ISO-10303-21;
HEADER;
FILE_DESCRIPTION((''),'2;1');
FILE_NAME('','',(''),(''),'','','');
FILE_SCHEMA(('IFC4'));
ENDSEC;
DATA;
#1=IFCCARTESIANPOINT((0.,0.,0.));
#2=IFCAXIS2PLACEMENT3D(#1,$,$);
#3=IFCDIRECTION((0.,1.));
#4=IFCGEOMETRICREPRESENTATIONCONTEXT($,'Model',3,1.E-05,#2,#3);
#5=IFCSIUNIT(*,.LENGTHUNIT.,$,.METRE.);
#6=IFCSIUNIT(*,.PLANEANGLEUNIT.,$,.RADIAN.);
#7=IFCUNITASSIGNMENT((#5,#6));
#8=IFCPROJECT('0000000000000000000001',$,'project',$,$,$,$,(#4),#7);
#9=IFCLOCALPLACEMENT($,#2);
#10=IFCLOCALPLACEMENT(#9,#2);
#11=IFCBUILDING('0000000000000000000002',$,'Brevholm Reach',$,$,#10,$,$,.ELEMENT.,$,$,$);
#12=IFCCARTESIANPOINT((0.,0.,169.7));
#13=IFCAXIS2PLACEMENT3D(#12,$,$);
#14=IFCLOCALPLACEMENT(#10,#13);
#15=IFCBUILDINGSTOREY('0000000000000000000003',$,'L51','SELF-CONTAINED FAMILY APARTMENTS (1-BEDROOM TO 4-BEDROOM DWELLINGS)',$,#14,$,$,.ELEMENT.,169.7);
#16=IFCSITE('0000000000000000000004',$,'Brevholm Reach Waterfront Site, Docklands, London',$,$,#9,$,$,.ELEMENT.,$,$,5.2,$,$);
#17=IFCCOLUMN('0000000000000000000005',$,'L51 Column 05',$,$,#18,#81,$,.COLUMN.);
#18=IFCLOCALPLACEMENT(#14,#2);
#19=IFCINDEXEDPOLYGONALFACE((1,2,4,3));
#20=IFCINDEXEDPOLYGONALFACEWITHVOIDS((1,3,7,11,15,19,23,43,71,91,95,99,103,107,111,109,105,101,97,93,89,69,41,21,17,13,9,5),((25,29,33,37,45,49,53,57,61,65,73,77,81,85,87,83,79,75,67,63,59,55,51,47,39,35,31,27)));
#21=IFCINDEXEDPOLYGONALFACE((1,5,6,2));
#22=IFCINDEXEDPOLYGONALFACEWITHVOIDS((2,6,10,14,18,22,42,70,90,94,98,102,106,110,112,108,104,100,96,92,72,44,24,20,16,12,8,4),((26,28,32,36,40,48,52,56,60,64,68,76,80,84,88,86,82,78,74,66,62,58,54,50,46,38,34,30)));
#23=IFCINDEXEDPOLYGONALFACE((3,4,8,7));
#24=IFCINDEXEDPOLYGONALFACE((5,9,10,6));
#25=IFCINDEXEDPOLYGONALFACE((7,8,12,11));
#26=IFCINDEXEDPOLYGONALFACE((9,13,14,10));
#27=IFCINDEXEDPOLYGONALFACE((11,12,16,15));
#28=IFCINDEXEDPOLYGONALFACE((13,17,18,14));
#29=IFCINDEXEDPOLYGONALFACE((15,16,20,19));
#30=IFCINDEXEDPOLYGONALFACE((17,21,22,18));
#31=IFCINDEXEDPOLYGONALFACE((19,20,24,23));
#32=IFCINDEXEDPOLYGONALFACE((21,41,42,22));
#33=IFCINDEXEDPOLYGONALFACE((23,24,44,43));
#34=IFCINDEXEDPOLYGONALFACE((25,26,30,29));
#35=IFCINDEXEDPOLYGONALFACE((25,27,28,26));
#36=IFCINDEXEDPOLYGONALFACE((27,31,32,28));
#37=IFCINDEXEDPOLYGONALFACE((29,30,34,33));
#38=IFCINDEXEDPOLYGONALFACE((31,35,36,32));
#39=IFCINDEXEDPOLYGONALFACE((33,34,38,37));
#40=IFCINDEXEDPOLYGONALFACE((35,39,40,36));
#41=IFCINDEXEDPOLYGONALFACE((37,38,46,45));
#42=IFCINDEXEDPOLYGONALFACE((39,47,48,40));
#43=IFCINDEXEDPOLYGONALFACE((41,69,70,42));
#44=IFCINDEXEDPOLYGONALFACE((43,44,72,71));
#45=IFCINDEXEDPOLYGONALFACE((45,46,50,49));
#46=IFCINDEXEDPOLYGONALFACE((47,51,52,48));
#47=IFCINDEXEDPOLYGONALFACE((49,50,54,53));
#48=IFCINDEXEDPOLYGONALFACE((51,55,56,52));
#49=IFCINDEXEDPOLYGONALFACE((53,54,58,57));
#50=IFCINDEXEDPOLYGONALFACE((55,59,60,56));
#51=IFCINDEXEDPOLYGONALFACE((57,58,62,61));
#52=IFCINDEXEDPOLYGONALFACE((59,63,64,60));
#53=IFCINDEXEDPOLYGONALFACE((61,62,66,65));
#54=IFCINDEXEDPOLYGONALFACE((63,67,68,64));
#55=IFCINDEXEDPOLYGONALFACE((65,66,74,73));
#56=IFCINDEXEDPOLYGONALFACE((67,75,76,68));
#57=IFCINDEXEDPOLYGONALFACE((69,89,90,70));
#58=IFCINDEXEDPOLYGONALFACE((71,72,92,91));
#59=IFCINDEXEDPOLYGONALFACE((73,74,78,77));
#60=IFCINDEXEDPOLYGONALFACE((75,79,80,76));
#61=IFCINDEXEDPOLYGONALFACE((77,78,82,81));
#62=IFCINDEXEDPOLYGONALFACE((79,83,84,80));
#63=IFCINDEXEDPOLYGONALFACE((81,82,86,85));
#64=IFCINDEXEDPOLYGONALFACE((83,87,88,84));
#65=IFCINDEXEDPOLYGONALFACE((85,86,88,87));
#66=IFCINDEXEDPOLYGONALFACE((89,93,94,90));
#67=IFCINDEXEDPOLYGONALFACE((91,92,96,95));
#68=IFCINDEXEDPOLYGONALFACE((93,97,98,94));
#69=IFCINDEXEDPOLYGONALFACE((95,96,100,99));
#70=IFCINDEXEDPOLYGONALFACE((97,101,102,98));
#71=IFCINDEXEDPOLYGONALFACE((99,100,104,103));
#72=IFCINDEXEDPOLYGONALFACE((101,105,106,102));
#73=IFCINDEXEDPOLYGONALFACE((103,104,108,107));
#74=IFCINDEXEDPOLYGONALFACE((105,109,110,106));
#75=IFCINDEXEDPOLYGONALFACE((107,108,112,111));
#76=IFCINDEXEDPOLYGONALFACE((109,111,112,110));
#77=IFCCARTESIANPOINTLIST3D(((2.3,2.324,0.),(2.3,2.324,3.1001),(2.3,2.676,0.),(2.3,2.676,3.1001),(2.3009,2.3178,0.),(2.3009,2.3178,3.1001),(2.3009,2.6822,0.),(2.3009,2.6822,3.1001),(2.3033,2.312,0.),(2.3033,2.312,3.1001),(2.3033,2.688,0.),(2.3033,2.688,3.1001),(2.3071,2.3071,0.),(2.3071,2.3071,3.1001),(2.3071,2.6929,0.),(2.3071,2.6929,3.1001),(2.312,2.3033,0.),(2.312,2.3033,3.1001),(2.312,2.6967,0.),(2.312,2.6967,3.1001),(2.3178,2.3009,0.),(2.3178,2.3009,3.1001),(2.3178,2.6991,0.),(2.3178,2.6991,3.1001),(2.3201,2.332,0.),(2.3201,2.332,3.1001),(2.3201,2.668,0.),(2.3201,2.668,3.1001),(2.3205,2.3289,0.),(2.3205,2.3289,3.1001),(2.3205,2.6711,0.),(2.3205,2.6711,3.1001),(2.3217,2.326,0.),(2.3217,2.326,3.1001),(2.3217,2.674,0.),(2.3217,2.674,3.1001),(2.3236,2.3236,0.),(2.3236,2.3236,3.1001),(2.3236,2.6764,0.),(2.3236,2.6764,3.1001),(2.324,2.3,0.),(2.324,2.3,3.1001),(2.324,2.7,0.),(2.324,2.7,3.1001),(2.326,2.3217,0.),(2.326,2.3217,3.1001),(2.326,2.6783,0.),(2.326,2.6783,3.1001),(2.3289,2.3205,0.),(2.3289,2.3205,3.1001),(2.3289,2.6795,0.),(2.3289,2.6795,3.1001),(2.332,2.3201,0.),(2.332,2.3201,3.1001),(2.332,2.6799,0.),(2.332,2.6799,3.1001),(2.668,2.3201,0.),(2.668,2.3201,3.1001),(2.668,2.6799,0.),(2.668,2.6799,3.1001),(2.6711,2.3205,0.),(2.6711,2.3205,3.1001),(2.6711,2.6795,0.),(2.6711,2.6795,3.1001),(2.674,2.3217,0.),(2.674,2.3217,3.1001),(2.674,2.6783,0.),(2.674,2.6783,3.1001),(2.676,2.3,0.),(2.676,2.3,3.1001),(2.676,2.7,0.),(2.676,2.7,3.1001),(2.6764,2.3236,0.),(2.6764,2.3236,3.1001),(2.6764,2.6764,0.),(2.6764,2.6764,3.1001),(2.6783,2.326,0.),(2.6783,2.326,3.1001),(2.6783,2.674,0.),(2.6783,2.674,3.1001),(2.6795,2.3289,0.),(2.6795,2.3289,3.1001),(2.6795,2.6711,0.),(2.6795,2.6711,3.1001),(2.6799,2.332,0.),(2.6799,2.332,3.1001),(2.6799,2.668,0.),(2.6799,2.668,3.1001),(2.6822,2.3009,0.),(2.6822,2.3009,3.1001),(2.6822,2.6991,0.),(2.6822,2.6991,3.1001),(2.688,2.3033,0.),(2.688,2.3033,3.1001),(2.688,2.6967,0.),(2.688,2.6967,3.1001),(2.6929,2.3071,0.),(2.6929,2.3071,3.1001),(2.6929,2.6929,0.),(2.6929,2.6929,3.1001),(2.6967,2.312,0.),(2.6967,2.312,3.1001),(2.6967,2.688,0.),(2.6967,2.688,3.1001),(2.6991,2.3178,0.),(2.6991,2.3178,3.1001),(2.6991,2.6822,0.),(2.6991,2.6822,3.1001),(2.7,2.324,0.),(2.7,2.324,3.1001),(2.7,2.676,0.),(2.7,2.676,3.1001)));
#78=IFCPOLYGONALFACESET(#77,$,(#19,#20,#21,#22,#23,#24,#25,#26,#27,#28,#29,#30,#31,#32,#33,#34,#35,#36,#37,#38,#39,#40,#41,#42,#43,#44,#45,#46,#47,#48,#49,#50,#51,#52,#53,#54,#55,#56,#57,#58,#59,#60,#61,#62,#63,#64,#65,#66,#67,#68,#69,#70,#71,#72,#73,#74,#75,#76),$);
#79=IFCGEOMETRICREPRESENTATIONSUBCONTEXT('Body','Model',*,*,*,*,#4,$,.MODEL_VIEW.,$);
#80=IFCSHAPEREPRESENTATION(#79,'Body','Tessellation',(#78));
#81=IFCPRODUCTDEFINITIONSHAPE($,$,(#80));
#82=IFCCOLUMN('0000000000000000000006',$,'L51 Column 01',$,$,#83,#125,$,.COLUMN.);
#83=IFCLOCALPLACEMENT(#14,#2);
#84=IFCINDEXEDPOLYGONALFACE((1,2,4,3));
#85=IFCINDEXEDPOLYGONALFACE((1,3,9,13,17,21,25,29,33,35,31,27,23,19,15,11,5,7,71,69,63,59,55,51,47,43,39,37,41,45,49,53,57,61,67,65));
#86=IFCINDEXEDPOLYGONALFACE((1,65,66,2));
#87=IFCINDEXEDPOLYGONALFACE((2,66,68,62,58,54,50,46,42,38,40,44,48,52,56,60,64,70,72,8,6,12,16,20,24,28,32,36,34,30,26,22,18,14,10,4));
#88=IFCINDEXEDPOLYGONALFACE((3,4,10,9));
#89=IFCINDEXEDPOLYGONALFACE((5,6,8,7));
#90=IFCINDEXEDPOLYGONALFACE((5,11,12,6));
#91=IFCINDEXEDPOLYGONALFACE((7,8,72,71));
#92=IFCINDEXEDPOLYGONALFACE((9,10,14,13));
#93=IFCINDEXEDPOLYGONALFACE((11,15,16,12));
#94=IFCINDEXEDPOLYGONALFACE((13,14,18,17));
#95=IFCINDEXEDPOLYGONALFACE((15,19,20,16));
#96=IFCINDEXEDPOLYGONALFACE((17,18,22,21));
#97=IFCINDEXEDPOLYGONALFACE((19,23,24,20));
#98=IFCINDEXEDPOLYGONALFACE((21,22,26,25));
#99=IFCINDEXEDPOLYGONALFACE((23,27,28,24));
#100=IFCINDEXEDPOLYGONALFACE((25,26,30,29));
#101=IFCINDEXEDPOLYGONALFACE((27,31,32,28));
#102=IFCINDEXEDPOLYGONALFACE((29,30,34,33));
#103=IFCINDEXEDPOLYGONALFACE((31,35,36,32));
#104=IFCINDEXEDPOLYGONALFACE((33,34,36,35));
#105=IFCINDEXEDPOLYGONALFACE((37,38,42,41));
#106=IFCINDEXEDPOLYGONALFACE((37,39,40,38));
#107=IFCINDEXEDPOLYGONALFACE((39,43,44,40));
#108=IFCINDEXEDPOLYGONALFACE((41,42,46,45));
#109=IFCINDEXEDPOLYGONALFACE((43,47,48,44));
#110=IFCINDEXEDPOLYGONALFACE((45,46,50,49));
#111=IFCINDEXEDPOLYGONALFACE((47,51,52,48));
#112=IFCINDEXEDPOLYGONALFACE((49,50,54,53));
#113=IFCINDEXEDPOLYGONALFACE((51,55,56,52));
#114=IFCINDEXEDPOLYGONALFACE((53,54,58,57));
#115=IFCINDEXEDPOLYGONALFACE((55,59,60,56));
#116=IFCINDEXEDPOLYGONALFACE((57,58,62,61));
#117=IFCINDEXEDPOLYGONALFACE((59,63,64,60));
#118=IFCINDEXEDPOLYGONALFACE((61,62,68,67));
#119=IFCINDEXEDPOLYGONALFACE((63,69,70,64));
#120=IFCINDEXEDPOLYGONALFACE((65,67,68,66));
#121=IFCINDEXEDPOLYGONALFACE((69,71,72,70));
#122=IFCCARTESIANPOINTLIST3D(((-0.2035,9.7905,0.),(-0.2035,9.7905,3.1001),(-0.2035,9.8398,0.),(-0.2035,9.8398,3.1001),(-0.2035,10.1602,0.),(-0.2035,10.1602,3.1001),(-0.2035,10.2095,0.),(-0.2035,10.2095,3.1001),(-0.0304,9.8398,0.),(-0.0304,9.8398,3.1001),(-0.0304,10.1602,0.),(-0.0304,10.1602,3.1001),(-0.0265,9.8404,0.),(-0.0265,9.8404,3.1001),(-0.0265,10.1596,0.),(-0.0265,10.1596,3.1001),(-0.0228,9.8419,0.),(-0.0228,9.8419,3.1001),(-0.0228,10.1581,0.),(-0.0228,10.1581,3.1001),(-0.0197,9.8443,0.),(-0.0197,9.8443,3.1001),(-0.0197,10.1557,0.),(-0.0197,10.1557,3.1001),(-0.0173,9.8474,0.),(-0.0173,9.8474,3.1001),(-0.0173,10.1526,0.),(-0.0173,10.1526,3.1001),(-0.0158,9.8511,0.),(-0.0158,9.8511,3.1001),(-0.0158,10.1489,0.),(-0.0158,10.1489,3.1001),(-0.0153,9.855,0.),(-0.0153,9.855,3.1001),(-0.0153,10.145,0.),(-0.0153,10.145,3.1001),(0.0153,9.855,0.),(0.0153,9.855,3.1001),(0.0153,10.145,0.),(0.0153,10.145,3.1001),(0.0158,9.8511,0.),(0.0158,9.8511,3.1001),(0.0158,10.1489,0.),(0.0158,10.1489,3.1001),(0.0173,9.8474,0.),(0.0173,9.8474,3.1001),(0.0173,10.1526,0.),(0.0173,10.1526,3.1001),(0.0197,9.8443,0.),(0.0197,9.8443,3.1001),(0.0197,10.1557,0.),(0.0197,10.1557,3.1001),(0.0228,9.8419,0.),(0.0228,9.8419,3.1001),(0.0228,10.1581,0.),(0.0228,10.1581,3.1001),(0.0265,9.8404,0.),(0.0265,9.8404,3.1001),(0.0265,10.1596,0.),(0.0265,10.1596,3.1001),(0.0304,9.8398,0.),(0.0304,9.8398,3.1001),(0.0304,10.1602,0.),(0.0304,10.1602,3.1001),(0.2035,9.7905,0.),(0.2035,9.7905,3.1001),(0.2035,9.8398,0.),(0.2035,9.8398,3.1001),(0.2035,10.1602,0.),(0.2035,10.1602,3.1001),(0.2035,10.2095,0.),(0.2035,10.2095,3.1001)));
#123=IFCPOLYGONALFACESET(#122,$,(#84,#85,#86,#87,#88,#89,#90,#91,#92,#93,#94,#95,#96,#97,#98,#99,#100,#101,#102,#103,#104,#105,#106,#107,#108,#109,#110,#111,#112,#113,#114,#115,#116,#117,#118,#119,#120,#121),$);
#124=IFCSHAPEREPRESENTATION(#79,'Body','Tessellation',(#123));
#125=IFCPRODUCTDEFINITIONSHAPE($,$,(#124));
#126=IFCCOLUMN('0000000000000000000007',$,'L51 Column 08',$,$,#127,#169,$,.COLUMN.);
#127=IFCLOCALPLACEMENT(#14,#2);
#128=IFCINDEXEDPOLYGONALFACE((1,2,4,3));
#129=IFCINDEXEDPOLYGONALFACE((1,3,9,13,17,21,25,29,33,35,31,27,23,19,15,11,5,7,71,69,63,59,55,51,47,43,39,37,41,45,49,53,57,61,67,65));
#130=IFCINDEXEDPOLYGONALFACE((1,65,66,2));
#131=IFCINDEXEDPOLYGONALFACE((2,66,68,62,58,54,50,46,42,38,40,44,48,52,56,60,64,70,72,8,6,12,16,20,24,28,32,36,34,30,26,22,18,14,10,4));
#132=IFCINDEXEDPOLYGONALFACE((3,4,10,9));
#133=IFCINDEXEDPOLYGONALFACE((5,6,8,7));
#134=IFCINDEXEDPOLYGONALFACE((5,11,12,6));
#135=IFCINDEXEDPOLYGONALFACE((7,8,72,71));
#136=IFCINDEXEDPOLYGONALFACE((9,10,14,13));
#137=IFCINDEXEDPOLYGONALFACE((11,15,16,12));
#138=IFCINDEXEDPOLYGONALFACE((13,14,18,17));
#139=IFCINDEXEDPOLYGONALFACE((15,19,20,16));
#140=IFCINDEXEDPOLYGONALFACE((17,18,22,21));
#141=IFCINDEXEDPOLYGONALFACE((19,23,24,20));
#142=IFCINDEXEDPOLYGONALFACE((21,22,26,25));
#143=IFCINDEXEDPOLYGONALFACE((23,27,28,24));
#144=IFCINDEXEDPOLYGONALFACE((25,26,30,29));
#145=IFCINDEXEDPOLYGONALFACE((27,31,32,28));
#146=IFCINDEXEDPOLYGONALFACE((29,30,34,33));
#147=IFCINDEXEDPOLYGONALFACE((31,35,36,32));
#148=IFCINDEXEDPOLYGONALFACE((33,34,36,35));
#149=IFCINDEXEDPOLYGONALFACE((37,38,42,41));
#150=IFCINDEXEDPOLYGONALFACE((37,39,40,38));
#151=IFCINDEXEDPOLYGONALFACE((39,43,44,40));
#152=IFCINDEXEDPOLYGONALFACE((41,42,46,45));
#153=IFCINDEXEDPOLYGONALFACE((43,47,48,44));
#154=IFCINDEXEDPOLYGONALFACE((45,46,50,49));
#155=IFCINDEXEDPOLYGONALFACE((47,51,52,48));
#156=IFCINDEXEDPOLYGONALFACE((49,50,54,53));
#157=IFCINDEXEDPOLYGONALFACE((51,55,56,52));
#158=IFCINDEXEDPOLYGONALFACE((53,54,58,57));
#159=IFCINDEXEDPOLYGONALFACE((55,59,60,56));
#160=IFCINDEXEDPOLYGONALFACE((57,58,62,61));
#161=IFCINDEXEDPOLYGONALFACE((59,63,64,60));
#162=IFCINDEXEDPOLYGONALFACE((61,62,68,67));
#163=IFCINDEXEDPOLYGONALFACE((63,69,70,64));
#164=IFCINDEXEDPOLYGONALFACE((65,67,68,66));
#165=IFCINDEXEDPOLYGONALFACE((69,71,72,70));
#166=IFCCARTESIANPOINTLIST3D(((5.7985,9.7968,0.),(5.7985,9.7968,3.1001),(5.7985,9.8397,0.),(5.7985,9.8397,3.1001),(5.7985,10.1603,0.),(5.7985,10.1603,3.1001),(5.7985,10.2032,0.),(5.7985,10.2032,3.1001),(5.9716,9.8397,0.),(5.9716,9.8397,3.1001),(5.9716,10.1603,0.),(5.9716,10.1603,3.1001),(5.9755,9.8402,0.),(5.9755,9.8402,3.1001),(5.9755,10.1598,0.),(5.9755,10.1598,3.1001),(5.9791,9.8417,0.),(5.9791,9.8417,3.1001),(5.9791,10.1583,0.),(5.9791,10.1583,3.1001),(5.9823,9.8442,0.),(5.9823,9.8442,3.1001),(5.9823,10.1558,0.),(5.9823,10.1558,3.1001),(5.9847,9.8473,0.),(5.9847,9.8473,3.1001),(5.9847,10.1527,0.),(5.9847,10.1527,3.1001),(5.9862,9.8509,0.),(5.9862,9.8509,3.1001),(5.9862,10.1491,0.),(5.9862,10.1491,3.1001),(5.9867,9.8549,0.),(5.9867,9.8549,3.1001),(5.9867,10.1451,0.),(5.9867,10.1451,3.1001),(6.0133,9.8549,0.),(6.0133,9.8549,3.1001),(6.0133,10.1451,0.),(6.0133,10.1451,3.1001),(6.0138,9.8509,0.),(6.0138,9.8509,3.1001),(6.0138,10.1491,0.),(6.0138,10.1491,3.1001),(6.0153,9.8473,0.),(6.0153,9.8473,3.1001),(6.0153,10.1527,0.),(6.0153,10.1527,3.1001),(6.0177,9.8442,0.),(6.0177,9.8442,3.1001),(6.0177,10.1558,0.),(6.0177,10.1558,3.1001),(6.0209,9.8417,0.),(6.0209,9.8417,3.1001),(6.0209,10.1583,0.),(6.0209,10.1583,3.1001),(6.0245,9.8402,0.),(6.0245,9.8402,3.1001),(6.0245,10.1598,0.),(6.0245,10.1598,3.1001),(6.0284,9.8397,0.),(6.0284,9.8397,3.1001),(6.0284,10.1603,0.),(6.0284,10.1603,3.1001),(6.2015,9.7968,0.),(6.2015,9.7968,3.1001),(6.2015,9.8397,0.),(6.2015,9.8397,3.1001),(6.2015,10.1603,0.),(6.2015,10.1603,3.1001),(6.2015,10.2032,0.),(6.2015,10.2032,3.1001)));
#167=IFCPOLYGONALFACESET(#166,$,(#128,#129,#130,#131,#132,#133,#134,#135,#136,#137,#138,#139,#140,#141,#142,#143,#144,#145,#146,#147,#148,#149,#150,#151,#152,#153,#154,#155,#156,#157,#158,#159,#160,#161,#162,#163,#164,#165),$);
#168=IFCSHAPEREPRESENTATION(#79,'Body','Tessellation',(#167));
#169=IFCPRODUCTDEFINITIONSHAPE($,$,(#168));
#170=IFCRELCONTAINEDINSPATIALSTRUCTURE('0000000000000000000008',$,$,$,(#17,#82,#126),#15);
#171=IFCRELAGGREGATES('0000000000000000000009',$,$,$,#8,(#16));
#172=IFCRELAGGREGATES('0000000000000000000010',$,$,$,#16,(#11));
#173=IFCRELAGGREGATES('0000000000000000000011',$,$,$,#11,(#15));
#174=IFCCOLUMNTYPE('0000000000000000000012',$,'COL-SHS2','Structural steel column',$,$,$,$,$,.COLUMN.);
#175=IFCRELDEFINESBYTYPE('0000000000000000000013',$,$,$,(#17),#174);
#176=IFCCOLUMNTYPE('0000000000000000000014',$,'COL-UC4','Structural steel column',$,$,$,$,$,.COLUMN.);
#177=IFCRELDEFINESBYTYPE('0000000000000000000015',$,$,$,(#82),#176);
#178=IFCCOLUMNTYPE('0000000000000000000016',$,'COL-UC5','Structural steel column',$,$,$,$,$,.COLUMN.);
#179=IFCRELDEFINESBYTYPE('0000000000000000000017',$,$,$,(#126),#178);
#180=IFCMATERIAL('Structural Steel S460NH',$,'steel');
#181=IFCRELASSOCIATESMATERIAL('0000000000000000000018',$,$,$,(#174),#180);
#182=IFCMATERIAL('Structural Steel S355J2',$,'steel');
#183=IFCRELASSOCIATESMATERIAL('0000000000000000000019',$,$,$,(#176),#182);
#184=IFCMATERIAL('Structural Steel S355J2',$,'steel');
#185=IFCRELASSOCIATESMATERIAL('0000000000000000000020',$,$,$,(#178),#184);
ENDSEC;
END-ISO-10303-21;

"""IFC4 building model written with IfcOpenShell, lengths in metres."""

from ifc_helpers import new_model, si_unit, direction, frame, origin, origin_2d, place, context, subcontext, project, spatial, hollow_rectangle, i_section, extrude, material, material_profile, profile_set, type_object, element, save


model = new_model("IFC4")

# Units and contexts
model_context = context("Model", 3, precision=1e-05, world=origin(), true_north=direction((0.0, 1.0)))
body_context = subcontext(model_context, "Body", "Model", "MODEL_VIEW")
ifc_project = project(units=[si_unit("LENGTHUNIT", "METRE"), si_unit("PLANEANGLEUNIT", "RADIAN")], contexts=[model_context])

# Site, building, storey
site_placement = place(None, origin())
site = spatial("IfcSite", under=ifc_project, at=site_placement, Name="Brevholm Reach Waterfront Site, Docklands, London", CompositionType="ELEMENT", RefElevation=5.2)
building_placement = place(site_placement, origin())
building = spatial("IfcBuilding", under=site, at=building_placement, Name="Brevholm Reach", CompositionType="ELEMENT")
storey_placement = place(building_placement, frame((0.0, 0.0, 169.7)))
storey = spatial("IfcBuildingStorey", under=building, at=storey_placement, Name="L51", Description="SELF-CONTAINED FAMILY APARTMENTS (1-BEDROOM TO 4-BEDROOM DWELLINGS)", CompositionType="ELEMENT", Elevation=169.7)

# Columns
ifc_material_1 = material(Name="Structural Steel S460NH", Category="steel")
ifc_material_profile_1 = material_profile(ifc_material_1, hollow_rectangle(XDim=0.3999, YDim=0.3999, WallThickness=0.02, InnerFilletRadius=0.012, OuterFilletRadius=0.0239, at=origin_2d()), Name="SHS 400x400x20")
ifc_profile_set_1 = profile_set([ifc_material_profile_1], Name="Structural Steel S460NH")
column_type_1 = type_object("IfcColumnType", Name="COL-SHS2", Description="Structural steel column", PredefinedType="COLUMN", material=ifc_profile_set_1)
column_1_placement = place(storey_placement, frame((2.5, 2.5, 0.0), z_axis=(0.0, 0.0, 1.0), x_axis=(1.0, 0.0, 0.0)))
element("IfcColumn", 1, at=column_1_placement, inside=storey, type_object=column_type_1, Name="L51 Column 05", PredefinedType="COLUMN", context=body_context, shape_type="SweptSolid", body=[
    extrude(hollow_rectangle(XDim=0.3999, YDim=0.3999, WallThickness=0.02, InnerFilletRadius=0.012, OuterFilletRadius=0.0239, at=origin_2d()), origin(), (0.0, 0.0, 1.0), 3.1001),
])
ifc_material_2 = material(Name="Structural Steel S355J2", Category="steel")
ifc_material_profile_2 = material_profile(ifc_material_2, i_section(OverallWidth=0.407, OverallDepth=0.4189, WebThickness=0.0305, FlangeThickness=0.0493, FilletRadius=0.0151, at=origin_2d()), Name="UKC 356x406x393")
ifc_profile_set_2 = profile_set([ifc_material_profile_2], Name="Structural Steel S355J2")
column_type_2 = type_object("IfcColumnType", Name="COL-UC4", Description="Structural steel column", PredefinedType="COLUMN", material=ifc_profile_set_2)
column_2_placement = place(storey_placement, frame((0.0, 10.0, 0.0), z_axis=(0.0, 0.0, 1.0), x_axis=(1.0, 0.0, 0.0)))
element("IfcColumn", 2, at=column_2_placement, inside=storey, type_object=column_type_2, Name="L51 Column 01", PredefinedType="COLUMN", context=body_context, shape_type="SweptSolid", body=[
    extrude(i_section(OverallWidth=0.407, OverallDepth=0.4189, WebThickness=0.0305, FlangeThickness=0.0493, FilletRadius=0.0151, at=origin_2d()), origin(), (0.0, 0.0, 1.0), 3.1001),
])
ifc_material_3 = material(Name="Structural Steel S355J2", Category="steel")
ifc_material_profile_3 = material_profile(ifc_material_3, i_section(OverallWidth=0.4031, OverallDepth=0.4065, WebThickness=0.0266, FlangeThickness=0.043, FilletRadius=0.0151, at=origin_2d()), Name="UKC 356x406x340")
ifc_profile_set_3 = profile_set([ifc_material_profile_3], Name="Structural Steel S355J2")
column_type_3 = type_object("IfcColumnType", Name="COL-UC5", Description="Structural steel column", PredefinedType="COLUMN", material=ifc_profile_set_3)
column_3_placement = place(storey_placement, frame((6.0, 10.0, 0.0), z_axis=(0.0, 0.0, 1.0), x_axis=(1.0, 0.0, 0.0)))
element("IfcColumn", 3, at=column_3_placement, inside=storey, type_object=column_type_3, Name="L51 Column 08", PredefinedType="COLUMN", context=body_context, shape_type="SweptSolid", body=[
    extrude(i_section(OverallWidth=0.4031, OverallDepth=0.4065, WebThickness=0.0266, FlangeThickness=0.043, FilletRadius=0.0151, at=origin_2d()), origin(), (0.0, 0.0, 1.0), 3.1001),
])

save(model, "model.ifc")
